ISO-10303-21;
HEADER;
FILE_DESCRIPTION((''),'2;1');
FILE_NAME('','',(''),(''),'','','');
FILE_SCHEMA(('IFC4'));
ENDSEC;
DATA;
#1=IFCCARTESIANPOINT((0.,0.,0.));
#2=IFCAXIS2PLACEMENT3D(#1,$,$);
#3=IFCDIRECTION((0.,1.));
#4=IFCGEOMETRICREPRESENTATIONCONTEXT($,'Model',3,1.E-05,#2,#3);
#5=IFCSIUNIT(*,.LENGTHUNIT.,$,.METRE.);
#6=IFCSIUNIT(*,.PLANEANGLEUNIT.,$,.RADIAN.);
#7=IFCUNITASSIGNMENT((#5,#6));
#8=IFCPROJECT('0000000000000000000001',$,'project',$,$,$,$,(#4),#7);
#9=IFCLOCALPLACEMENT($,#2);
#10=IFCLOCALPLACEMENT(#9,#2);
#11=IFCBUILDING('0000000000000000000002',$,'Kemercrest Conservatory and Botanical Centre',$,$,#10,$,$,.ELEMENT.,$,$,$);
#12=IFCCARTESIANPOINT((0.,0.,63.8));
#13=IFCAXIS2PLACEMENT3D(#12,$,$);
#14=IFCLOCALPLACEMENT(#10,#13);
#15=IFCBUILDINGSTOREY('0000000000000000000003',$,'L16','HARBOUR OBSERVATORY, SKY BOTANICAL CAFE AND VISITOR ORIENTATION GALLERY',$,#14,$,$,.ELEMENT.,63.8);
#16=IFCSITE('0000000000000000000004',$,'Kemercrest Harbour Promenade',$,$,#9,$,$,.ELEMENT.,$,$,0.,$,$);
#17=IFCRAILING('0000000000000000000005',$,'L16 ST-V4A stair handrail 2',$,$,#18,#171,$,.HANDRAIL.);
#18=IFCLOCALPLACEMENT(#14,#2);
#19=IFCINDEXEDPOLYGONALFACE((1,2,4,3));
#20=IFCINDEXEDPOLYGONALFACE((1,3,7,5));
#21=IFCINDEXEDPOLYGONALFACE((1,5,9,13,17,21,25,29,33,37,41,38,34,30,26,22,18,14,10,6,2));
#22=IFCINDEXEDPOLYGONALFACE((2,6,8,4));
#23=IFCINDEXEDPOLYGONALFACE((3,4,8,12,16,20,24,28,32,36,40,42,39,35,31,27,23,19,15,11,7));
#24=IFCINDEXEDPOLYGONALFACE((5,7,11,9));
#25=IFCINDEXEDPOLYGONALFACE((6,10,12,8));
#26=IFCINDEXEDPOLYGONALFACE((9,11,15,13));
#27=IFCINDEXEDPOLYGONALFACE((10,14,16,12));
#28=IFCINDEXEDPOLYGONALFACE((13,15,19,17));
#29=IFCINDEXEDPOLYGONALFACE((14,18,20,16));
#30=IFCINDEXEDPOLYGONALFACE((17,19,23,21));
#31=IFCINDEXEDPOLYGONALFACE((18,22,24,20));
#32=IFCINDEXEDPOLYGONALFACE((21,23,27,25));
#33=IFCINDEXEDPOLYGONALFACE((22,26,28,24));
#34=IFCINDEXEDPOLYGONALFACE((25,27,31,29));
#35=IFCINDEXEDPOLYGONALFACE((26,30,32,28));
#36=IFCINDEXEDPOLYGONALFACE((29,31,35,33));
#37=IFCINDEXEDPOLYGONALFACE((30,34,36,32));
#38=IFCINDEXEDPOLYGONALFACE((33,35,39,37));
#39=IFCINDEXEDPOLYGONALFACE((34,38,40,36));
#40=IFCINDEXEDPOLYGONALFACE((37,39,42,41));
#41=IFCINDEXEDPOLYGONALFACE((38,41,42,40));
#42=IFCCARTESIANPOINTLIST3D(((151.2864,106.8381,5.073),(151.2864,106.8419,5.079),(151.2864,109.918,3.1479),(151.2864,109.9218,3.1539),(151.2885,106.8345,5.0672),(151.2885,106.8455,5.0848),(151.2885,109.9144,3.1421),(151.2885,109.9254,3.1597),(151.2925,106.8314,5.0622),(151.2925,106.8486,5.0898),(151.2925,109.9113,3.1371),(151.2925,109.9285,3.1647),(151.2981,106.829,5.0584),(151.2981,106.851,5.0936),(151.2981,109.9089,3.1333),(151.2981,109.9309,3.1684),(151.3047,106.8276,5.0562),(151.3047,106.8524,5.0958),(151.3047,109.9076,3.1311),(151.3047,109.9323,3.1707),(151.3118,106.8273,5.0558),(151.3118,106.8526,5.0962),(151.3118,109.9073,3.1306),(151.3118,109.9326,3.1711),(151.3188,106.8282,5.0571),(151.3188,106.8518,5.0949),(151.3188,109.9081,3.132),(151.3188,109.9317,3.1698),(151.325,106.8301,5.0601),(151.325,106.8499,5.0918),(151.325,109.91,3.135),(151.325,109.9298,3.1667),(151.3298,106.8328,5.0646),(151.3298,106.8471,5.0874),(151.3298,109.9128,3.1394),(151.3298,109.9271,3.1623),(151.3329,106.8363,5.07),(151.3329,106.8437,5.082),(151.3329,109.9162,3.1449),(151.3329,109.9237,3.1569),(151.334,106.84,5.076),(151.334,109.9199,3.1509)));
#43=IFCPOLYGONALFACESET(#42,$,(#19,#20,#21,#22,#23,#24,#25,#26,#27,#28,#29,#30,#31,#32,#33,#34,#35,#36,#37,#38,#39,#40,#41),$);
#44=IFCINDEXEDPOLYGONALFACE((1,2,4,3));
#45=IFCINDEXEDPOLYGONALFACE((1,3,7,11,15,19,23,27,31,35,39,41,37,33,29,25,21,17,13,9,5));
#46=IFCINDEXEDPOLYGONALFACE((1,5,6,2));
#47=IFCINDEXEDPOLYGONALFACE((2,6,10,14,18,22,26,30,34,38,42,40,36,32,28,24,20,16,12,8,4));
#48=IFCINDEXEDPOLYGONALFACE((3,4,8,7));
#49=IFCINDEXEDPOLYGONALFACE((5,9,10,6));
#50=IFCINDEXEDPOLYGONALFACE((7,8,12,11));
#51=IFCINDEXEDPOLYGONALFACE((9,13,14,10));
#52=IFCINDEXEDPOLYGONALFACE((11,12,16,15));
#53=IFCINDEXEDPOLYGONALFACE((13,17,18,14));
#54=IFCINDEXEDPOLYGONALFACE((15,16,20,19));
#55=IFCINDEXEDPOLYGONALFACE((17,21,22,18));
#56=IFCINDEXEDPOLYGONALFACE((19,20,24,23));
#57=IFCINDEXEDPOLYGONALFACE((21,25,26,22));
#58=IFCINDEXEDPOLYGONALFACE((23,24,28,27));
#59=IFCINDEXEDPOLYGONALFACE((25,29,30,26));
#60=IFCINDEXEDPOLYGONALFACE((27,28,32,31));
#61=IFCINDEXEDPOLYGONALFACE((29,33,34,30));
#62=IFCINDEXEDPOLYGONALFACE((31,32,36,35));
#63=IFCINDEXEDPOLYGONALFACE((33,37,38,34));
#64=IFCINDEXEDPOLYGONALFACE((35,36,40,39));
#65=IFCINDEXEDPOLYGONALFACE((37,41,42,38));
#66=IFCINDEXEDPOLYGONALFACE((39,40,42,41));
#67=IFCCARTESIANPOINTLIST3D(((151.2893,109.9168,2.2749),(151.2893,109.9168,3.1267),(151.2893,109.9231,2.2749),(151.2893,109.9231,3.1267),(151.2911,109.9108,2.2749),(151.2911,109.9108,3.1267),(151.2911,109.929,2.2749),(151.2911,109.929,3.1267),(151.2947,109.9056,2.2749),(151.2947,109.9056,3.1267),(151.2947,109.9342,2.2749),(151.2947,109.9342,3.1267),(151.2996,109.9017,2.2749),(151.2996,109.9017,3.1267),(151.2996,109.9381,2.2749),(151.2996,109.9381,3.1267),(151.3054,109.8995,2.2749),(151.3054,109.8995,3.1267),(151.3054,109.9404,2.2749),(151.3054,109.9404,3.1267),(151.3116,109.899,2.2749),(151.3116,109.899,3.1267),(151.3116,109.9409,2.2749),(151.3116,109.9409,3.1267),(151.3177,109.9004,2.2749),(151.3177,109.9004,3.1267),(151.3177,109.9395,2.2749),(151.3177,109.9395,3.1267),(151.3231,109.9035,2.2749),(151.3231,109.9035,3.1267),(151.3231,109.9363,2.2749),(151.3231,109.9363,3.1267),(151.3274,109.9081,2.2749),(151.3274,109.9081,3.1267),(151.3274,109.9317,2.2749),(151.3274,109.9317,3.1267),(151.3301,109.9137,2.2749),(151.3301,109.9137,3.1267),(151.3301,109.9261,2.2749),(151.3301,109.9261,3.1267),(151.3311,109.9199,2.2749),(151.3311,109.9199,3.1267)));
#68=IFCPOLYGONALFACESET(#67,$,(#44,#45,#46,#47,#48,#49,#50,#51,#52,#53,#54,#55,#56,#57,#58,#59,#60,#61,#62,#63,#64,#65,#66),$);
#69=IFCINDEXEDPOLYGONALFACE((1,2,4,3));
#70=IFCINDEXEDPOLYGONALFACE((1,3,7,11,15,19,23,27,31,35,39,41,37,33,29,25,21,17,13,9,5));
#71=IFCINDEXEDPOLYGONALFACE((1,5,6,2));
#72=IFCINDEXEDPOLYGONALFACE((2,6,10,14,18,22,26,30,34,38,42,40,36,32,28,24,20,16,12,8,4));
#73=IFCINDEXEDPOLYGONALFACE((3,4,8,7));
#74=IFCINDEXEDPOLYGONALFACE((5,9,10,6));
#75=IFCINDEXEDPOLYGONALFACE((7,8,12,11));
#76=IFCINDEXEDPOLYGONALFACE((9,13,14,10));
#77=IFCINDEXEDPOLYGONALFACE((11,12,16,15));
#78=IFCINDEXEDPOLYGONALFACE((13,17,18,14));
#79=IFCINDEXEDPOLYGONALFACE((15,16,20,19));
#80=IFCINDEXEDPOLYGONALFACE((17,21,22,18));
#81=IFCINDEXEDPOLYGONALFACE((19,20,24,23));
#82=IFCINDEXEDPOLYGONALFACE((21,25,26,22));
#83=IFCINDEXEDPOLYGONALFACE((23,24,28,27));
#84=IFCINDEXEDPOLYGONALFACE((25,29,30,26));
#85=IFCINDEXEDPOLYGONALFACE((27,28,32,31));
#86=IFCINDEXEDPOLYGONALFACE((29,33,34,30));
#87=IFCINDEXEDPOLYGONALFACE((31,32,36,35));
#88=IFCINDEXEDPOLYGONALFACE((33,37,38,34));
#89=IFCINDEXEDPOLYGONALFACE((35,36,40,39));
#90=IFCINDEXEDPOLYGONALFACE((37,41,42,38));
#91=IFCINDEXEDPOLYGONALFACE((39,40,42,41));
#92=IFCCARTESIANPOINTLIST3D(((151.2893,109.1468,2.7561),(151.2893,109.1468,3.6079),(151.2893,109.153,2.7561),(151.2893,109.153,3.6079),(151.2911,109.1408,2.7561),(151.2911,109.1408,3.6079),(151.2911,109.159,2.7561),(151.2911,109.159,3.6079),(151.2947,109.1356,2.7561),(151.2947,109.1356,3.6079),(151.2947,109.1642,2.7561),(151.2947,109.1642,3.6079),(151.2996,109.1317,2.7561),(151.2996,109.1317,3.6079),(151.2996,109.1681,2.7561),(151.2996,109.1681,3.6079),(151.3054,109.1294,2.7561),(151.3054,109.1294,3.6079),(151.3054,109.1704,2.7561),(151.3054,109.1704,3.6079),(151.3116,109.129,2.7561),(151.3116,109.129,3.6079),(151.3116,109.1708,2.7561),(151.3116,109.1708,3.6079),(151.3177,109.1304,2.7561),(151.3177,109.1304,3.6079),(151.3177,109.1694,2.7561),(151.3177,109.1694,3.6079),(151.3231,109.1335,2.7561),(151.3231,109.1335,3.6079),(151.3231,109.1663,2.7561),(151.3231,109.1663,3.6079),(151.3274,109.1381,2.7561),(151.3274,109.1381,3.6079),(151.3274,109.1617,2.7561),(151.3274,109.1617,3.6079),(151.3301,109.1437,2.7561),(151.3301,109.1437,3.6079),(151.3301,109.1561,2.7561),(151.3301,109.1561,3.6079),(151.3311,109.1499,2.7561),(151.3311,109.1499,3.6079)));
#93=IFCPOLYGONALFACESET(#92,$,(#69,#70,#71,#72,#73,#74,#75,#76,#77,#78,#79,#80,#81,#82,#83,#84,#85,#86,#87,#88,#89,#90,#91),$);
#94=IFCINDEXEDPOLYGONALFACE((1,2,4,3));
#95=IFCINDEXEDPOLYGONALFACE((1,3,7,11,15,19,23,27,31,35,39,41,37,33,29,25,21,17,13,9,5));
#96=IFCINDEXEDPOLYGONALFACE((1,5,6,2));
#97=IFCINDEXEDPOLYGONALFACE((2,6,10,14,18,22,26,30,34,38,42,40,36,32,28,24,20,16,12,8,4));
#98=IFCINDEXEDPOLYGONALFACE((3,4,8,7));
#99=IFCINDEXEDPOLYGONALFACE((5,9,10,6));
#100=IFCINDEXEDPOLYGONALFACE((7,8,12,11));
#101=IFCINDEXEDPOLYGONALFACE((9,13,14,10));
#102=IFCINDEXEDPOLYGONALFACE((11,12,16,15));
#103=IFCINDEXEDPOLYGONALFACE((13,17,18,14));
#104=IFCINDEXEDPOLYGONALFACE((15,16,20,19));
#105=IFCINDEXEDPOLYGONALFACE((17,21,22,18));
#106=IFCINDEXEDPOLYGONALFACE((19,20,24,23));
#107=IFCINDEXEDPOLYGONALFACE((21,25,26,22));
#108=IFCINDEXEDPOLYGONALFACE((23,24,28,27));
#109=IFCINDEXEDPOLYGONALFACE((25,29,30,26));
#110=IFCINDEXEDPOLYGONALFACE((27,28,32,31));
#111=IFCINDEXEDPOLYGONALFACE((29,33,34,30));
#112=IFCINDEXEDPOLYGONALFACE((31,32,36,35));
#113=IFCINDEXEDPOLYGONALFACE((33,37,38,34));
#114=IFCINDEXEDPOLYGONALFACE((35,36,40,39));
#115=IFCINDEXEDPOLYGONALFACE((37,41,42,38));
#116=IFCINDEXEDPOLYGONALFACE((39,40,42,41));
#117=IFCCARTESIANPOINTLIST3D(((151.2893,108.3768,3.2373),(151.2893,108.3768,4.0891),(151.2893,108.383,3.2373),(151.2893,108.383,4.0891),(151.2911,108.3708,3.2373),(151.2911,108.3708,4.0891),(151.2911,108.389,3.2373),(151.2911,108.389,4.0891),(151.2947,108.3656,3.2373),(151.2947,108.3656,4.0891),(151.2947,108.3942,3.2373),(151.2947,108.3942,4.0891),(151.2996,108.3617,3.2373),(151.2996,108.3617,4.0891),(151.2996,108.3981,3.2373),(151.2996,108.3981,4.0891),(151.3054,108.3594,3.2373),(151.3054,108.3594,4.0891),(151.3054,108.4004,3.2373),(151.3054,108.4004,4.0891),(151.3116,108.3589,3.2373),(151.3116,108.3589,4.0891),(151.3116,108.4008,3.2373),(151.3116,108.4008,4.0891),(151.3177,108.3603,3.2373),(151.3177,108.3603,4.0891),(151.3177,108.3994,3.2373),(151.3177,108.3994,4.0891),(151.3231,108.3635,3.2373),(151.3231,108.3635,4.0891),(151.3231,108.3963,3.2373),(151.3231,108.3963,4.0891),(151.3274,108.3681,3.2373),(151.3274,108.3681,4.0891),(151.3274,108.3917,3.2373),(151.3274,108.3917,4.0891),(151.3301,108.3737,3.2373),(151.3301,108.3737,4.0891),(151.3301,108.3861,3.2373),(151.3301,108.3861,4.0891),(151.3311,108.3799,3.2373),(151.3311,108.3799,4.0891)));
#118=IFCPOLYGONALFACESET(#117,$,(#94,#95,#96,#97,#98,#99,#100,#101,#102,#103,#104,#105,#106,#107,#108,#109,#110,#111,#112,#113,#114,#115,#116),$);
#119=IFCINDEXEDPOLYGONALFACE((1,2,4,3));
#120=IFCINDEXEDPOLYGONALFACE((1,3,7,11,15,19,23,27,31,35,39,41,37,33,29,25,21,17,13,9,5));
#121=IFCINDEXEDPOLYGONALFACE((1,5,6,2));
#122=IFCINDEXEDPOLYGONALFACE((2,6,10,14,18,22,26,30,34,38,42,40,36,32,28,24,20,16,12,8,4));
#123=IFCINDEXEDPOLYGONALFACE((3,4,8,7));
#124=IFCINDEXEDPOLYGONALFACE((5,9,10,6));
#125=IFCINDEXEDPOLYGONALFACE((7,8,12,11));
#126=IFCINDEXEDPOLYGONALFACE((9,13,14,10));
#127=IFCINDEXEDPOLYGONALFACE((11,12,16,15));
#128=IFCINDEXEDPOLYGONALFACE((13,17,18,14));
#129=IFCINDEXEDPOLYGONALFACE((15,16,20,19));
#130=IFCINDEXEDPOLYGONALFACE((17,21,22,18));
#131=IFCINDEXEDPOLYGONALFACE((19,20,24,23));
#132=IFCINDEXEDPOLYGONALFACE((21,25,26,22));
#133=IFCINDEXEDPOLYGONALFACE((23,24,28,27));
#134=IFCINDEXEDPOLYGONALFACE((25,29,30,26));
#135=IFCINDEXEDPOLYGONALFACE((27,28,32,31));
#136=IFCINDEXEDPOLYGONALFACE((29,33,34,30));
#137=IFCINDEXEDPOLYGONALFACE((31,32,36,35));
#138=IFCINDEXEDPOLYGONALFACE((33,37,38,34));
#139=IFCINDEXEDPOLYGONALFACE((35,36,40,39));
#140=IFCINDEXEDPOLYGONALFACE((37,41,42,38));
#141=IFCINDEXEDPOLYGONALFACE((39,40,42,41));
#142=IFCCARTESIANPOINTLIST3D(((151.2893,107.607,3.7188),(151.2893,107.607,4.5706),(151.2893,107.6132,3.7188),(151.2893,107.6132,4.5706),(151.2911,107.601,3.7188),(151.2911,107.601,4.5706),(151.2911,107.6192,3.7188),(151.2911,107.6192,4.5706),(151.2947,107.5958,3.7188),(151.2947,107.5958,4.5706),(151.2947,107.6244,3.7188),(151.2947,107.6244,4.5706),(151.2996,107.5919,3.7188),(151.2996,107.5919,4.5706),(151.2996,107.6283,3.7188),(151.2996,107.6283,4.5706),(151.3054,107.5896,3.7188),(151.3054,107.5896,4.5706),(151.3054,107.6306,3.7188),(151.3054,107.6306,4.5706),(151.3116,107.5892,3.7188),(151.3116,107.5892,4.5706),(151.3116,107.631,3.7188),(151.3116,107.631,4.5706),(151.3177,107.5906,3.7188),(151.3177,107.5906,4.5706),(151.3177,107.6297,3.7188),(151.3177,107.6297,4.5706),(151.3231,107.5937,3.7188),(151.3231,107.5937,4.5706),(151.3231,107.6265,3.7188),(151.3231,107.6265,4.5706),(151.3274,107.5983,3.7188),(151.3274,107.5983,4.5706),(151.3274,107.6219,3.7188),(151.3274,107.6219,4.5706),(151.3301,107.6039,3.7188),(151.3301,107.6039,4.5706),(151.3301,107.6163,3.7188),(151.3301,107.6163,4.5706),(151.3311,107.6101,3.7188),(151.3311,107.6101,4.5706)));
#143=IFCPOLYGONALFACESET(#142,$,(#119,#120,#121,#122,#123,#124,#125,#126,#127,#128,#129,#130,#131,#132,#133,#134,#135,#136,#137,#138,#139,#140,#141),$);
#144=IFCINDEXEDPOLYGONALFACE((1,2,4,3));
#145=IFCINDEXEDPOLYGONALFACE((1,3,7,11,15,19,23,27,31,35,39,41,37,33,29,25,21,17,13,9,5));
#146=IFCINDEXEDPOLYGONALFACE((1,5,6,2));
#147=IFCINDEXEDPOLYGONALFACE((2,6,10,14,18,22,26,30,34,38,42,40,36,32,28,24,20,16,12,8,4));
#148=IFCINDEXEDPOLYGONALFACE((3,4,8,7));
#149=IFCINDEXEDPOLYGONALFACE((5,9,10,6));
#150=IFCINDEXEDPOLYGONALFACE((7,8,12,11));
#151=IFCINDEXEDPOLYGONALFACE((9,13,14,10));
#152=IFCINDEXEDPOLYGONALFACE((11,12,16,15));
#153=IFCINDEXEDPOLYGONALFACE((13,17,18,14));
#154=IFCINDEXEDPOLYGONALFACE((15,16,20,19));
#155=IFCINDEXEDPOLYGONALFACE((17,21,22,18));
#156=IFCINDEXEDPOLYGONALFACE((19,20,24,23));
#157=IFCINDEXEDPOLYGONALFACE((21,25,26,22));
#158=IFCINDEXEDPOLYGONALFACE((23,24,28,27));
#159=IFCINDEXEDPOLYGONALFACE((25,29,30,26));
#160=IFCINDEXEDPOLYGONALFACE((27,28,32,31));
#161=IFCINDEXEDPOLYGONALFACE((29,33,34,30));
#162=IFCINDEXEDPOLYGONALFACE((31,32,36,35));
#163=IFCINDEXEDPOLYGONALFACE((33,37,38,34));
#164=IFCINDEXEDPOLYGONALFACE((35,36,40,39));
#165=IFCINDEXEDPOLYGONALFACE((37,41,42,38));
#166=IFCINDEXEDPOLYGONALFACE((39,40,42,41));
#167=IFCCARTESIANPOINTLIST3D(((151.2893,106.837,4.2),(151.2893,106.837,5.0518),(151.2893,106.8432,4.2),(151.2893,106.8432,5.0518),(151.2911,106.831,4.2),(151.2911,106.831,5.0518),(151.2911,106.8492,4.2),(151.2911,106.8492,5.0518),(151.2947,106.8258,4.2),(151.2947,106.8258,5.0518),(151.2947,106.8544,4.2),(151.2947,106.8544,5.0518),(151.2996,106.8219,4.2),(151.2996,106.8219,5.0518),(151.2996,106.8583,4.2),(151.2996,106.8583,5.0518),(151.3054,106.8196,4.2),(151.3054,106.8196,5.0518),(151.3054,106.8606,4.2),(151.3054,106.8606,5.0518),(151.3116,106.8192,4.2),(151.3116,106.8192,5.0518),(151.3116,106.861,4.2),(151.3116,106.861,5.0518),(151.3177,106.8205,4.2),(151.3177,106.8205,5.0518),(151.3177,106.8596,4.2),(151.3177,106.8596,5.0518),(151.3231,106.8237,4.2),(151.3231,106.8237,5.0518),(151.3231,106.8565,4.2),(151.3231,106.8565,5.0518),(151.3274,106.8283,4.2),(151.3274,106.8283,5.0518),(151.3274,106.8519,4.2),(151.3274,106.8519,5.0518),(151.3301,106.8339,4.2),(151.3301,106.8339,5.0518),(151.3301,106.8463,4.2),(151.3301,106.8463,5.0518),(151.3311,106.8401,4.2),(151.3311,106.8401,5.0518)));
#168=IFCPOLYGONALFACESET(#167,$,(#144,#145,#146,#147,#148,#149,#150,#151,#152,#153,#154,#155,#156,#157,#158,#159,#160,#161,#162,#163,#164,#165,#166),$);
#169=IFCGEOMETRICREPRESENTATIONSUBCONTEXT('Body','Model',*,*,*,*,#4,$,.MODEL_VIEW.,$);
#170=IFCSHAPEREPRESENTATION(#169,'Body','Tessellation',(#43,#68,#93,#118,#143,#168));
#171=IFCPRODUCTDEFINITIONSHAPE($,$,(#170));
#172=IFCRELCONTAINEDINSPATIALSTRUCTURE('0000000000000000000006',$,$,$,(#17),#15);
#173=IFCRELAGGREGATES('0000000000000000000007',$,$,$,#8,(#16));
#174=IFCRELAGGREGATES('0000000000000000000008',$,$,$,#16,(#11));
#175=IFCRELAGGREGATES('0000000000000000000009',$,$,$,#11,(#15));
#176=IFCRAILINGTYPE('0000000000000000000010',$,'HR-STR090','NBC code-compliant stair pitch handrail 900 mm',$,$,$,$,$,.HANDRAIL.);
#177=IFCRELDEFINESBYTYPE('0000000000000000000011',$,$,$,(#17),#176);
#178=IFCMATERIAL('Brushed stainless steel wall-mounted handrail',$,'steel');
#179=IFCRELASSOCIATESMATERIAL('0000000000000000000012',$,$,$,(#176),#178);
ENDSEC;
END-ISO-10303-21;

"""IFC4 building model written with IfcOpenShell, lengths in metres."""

from ifc_helpers import new_model, si_unit, direction, frame, origin, origin_2d, place, context, subcontext, project, spatial, circle, extrude, material, type_object, element, save


model = new_model("IFC4")

# Units and contexts
model_context = context("Model", 3, precision=1e-05, world=origin(), true_north=direction((0.0, 1.0)))
body_context = subcontext(model_context, "Body", "Model", "MODEL_VIEW")
ifc_project = project(units=[si_unit("LENGTHUNIT", "METRE"), si_unit("PLANEANGLEUNIT", "RADIAN")], contexts=[model_context])

# Site, building, storey
site_placement = place(None, origin())
site = spatial("IfcSite", under=ifc_project, at=site_placement, Name="Kemercrest Harbour Promenade", CompositionType="ELEMENT", RefElevation=0.0)
building_placement = place(site_placement, origin())
building = spatial("IfcBuilding", under=site, at=building_placement, Name="Kemercrest Conservatory and Botanical Centre", CompositionType="ELEMENT")
storey_placement = place(building_placement, frame((0.0, 0.0, 63.8)))
storey = spatial("IfcBuildingStorey", under=building, at=storey_placement, Name="L16", Description="HARBOUR OBSERVATORY, SKY BOTANICAL CAFE AND VISITOR ORIENTATION GALLERY", CompositionType="ELEMENT", Elevation=63.8)

# Railing
ifc_material_1 = material(Name="Brushed stainless steel wall-mounted handrail", Category="steel")
railing_type_1 = type_object("IfcRailingType", Name="HR-STR090", Description="NBC code-compliant stair pitch handrail 900 mm", PredefinedType="HANDRAIL", material=ifc_material_1)
railing_1_placement = place(storey_placement, frame((151.3101, 109.9199, 2.2749)))
element("IfcRailing", 1, at=railing_1_placement, inside=storey, type_object=railing_type_1, Name="L16 ST-V4A stair handrail 2", PredefinedType="HANDRAIL", context=body_context, shape_type="SweptSolid", body=[
    extrude(circle(Radius=0.0239, at=origin_2d()), frame((0.0, 0.0, 0.876), z_axis=(0.0, -0.847979, 0.530029), x_axis=(1.0, 0.0, 0.0)), (0.0, 0.0, 1.0), 3.6321),
    extrude(circle(Radius=0.021, at=origin_2d()), origin(), (0.0, 0.0, 1.0), 0.8518),
    extrude(circle(Radius=0.021, at=origin_2d()), frame((0.0, -0.77, 0.4812)), (0.0, 0.0, 1.0), 0.8518),
    extrude(circle(Radius=0.021, at=origin_2d()), frame((0.0, -1.54, 0.9624)), (0.0, 0.0, 1.0), 0.8518),
    extrude(circle(Radius=0.021, at=origin_2d()), frame((0.0, -2.3098, 1.4438)), (0.0, 0.0, 1.0), 0.8518),
    extrude(circle(Radius=0.021, at=origin_2d()), frame((0.0, -3.0798, 1.925)), (0.0, 0.0, 1.0), 0.8518),
])

save(model, "model.ifc")
